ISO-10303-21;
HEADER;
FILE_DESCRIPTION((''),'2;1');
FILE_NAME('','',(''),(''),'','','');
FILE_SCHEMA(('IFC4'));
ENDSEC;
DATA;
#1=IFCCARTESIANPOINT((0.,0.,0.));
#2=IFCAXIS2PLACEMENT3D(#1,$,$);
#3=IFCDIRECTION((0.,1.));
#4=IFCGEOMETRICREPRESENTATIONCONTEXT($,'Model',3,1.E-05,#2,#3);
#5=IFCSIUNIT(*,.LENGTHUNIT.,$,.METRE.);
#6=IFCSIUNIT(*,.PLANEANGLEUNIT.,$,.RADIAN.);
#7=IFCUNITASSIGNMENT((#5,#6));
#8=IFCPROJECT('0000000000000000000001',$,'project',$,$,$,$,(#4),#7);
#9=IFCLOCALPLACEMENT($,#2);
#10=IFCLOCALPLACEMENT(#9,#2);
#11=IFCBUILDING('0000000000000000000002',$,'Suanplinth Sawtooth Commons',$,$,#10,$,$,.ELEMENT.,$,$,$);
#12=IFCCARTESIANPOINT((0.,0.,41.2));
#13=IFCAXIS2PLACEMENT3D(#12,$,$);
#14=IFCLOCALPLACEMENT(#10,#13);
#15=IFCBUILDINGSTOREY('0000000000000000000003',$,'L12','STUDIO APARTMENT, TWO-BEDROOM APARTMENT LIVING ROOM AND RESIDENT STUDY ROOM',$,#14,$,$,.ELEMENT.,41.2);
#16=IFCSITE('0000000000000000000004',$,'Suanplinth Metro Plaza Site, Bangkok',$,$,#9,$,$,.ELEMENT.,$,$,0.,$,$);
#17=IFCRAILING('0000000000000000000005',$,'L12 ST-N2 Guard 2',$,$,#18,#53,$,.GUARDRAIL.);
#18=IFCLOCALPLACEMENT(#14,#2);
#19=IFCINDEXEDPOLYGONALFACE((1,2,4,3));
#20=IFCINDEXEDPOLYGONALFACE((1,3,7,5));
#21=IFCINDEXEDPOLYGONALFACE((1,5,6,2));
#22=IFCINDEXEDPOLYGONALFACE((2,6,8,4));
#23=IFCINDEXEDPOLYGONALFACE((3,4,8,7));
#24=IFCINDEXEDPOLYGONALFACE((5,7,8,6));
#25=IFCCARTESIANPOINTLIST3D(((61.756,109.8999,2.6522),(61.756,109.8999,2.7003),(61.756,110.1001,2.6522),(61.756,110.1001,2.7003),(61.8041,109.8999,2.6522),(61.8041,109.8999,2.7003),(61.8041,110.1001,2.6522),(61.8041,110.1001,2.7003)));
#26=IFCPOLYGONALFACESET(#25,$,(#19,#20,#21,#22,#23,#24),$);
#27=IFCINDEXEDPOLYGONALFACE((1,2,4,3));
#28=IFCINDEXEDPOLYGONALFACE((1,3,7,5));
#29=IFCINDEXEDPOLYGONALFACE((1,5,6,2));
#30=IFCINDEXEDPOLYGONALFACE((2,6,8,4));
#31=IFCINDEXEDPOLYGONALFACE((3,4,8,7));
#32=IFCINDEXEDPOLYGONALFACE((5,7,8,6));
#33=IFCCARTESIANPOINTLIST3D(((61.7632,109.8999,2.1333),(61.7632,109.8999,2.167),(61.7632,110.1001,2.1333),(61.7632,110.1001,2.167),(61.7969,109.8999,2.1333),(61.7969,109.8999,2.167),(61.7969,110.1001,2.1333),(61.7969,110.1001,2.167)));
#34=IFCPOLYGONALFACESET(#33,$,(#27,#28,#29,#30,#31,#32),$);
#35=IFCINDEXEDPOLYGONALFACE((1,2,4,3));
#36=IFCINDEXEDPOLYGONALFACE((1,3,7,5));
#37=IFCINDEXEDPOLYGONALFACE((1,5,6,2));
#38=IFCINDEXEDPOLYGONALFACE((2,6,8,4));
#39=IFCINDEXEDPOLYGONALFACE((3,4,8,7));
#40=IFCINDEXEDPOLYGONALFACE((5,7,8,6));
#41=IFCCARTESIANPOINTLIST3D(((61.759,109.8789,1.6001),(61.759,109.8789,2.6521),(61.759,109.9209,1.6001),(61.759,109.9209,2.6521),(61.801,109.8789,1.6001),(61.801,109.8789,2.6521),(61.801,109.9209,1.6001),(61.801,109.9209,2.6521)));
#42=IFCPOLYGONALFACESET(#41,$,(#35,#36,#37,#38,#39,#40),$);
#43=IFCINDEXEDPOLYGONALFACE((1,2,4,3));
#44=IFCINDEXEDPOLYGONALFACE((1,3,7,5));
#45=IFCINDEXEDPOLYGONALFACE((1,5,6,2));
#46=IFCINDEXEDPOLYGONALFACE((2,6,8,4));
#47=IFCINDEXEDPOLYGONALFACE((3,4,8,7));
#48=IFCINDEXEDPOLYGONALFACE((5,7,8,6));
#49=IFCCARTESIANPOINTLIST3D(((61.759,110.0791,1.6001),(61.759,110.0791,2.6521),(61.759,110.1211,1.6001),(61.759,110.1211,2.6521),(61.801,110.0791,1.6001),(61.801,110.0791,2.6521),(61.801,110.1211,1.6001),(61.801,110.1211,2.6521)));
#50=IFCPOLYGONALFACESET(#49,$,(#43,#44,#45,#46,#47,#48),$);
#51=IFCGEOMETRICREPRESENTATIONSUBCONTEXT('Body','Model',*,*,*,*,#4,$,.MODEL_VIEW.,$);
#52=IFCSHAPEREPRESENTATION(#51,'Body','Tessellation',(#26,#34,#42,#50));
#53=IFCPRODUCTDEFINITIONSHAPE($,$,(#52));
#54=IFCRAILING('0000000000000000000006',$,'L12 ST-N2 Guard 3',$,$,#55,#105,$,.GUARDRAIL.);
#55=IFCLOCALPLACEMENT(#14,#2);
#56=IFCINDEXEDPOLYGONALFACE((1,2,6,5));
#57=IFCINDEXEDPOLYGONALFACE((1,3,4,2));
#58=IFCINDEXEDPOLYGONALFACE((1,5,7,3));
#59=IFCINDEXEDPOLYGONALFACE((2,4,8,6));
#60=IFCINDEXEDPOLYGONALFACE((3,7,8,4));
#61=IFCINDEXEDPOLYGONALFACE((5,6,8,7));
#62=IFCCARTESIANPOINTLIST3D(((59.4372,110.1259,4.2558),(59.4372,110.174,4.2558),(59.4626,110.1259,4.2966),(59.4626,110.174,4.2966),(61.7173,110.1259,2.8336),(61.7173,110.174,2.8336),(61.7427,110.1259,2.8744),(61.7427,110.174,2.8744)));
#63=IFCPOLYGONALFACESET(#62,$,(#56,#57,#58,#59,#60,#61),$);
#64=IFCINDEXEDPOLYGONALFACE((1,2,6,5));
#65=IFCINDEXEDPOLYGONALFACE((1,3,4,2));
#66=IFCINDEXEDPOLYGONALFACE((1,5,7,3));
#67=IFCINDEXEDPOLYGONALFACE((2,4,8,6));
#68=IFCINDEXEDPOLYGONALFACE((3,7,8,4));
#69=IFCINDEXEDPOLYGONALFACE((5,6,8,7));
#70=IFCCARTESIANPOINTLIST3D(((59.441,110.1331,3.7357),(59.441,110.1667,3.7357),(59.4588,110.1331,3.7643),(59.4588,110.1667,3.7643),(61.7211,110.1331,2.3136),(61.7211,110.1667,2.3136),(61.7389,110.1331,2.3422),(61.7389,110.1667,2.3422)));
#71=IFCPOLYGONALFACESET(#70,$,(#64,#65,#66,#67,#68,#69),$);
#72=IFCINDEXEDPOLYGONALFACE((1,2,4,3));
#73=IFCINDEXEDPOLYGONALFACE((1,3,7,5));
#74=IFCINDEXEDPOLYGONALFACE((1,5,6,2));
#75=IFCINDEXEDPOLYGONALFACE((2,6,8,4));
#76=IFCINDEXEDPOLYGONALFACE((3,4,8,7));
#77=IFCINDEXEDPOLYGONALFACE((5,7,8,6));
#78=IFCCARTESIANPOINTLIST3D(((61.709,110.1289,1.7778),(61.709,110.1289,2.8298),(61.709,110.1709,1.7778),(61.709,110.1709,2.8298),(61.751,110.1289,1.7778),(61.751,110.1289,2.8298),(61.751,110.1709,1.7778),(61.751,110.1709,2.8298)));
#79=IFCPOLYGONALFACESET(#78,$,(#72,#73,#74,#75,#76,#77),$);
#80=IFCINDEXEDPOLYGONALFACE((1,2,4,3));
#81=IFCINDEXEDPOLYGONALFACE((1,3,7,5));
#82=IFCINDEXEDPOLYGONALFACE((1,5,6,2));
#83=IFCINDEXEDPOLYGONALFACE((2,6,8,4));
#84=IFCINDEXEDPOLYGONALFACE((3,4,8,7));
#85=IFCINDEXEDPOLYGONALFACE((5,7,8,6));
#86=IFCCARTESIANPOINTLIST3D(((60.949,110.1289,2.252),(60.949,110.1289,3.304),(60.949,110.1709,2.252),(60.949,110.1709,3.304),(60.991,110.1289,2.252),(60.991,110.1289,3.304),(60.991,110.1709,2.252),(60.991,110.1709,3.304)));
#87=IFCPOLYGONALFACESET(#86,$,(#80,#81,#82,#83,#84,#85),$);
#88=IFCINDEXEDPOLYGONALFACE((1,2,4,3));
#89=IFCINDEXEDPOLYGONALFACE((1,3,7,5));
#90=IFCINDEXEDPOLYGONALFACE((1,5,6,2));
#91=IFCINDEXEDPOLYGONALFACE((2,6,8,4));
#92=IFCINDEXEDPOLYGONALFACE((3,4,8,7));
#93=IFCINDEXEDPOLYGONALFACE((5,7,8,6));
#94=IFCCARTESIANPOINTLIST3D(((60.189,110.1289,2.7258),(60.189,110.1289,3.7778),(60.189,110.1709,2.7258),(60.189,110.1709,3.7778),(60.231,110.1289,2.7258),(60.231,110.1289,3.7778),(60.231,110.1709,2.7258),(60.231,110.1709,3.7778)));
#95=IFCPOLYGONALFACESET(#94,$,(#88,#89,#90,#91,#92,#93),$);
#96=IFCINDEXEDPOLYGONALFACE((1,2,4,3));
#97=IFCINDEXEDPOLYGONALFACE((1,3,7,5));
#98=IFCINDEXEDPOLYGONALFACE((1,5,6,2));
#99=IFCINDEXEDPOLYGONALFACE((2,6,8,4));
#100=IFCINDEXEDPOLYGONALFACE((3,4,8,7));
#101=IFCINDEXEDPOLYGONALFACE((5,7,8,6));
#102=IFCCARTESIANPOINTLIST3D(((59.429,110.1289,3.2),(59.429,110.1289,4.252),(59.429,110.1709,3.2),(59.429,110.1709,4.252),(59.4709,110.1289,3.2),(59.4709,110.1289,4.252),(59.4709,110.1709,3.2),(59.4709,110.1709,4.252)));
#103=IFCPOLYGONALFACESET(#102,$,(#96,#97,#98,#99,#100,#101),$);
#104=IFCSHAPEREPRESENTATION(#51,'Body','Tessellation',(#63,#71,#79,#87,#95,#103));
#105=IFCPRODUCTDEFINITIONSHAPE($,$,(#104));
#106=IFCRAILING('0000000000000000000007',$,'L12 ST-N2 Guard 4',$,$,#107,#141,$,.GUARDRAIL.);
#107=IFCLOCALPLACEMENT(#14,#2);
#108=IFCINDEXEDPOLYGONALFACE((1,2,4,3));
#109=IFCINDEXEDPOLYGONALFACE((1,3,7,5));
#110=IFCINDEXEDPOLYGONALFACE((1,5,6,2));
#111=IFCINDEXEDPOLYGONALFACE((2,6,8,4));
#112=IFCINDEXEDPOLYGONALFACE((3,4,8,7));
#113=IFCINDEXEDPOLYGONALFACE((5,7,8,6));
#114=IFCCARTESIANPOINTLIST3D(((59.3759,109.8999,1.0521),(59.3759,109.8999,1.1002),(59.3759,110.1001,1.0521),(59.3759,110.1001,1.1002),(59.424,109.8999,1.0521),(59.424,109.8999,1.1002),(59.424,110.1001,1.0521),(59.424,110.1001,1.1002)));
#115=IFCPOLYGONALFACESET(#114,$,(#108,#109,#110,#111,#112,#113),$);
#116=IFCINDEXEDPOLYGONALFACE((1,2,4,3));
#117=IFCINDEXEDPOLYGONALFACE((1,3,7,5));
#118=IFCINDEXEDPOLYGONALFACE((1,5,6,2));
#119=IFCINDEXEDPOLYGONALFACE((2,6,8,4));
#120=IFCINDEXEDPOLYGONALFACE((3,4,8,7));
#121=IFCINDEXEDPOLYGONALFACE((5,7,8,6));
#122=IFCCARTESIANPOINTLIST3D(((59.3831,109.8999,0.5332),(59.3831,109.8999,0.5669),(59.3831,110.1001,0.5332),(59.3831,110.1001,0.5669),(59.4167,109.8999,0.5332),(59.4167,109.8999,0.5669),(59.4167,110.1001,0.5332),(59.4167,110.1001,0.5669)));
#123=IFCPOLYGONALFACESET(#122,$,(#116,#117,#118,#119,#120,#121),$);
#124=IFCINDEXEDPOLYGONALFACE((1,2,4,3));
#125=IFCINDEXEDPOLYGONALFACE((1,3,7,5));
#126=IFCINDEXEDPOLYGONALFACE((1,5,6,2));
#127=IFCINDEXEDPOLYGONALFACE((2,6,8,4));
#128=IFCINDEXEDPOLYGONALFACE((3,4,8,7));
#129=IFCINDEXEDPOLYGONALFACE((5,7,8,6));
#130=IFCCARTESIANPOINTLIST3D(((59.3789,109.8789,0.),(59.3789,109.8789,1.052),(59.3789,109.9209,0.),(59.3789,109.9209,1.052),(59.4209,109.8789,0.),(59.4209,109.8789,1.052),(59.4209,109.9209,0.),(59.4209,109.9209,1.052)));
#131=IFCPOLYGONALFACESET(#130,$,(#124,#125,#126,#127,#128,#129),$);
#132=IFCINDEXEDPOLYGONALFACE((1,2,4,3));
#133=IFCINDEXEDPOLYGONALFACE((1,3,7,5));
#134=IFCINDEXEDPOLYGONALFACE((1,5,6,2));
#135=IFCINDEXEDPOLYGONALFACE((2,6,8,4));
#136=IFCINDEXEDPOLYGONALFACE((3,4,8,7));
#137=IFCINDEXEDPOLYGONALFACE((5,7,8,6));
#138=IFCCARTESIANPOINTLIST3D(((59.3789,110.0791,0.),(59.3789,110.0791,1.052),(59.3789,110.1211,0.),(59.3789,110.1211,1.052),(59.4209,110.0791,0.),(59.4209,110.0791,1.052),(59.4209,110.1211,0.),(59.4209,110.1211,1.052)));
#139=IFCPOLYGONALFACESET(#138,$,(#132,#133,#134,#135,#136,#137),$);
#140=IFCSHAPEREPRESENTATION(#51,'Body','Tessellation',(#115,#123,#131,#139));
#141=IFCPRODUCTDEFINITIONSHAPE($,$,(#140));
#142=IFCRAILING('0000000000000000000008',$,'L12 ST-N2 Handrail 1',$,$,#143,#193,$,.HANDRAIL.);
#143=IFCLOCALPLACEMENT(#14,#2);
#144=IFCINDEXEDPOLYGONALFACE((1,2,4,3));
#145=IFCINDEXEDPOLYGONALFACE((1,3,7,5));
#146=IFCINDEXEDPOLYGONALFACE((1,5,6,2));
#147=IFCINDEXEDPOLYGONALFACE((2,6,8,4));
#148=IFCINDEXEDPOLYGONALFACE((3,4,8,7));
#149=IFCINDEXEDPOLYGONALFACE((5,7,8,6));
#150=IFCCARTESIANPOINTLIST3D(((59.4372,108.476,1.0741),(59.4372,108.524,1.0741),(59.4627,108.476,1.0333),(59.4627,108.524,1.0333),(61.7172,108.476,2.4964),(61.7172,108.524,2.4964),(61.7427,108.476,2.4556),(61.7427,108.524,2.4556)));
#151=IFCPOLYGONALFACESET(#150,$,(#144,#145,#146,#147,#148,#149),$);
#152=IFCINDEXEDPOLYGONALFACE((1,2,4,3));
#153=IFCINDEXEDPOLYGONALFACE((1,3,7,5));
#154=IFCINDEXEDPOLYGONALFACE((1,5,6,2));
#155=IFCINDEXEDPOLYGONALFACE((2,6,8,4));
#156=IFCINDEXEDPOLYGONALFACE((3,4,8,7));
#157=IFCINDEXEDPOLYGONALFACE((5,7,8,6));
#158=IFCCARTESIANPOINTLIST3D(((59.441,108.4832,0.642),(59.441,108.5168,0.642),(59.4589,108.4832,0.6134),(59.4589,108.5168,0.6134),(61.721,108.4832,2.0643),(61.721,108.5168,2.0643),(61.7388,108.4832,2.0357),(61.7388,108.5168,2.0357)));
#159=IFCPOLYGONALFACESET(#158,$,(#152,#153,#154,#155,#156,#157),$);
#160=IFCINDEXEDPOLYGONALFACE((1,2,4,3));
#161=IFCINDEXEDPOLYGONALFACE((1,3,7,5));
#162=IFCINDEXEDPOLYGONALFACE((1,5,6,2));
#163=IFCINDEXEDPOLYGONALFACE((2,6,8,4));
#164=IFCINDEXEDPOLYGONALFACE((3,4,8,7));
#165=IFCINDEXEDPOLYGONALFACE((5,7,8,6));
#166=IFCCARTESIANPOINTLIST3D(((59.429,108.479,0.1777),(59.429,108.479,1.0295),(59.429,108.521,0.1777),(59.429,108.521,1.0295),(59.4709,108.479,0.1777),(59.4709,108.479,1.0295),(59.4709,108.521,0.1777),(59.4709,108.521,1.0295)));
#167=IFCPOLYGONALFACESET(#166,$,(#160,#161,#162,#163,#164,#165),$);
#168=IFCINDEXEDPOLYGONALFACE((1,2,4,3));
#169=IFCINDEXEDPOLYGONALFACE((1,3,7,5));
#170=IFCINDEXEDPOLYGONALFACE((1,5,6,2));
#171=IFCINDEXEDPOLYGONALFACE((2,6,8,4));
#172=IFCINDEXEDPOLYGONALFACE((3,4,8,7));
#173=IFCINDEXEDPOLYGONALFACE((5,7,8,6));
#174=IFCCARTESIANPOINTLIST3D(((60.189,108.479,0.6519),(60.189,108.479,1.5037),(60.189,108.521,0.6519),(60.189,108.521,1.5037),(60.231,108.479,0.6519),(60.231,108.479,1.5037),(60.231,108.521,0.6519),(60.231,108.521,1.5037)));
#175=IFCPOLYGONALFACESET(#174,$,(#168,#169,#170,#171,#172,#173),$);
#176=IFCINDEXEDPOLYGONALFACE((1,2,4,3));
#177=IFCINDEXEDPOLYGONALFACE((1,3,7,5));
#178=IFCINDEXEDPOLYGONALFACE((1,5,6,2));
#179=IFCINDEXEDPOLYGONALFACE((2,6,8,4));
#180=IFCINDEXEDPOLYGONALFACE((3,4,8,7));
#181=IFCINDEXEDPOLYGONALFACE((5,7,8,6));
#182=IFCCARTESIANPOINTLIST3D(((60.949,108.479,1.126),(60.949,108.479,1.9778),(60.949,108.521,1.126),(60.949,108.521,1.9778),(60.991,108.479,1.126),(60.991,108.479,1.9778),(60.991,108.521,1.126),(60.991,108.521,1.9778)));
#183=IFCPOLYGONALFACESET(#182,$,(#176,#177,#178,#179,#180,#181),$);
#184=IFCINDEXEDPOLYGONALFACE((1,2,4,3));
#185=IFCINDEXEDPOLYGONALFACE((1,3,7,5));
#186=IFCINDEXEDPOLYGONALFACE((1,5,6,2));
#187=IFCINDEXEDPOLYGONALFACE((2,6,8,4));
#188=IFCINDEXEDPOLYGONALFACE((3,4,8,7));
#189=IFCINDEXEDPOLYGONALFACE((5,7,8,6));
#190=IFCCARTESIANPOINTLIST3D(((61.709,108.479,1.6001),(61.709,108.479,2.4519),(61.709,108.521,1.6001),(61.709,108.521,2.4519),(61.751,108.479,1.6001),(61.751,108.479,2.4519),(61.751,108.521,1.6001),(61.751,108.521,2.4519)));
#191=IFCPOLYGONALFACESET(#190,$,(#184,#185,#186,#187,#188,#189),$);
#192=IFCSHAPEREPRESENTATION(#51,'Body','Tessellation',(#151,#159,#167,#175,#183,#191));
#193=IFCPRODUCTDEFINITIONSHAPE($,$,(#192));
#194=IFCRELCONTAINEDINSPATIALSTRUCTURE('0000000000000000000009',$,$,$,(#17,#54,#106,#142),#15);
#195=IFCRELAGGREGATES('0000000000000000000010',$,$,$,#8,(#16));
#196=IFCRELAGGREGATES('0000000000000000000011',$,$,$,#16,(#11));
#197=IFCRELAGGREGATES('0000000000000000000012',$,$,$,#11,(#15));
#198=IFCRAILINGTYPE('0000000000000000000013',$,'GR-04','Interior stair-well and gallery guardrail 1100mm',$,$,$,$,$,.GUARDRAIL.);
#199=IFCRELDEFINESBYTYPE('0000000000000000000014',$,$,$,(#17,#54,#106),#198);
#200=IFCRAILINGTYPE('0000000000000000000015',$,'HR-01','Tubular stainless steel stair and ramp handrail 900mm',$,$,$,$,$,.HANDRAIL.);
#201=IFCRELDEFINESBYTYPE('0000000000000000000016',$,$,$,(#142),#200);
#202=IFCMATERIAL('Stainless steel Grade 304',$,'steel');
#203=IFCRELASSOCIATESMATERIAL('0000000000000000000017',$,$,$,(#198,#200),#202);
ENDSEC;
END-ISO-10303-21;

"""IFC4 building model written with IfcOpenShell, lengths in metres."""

from ifc_helpers import new_model, si_unit, direction, frame, origin, origin_2d, place, context, subcontext, project, spatial, rectangle, extrude, material, type_object, element, save


model = new_model("IFC4")

# Units and contexts
model_context = context("Model", 3, precision=1e-05, world=origin(), true_north=direction((0.0, 1.0)))
body_context = subcontext(model_context, "Body", "Model", "MODEL_VIEW")
ifc_project = project(units=[si_unit("LENGTHUNIT", "METRE"), si_unit("PLANEANGLEUNIT", "RADIAN")], contexts=[model_context])

# Site, building, storey
site_placement = place(None, origin())
site = spatial("IfcSite", under=ifc_project, at=site_placement, Name="Suanplinth Metro Plaza Site, Bangkok", CompositionType="ELEMENT", RefElevation=0.0)
building_placement = place(site_placement, origin())
building = spatial("IfcBuilding", under=site, at=building_placement, Name="Suanplinth Sawtooth Commons", CompositionType="ELEMENT")
storey_placement = place(building_placement, frame((0.0, 0.0, 41.2)))
storey = spatial("IfcBuildingStorey", under=building, at=storey_placement, Name="L12", Description="STUDIO APARTMENT, TWO-BEDROOM APARTMENT LIVING ROOM AND RESIDENT STUDY ROOM", CompositionType="ELEMENT", Elevation=41.2)

# Shared definitions
ifc_material_1 = material(Name="Stainless steel Grade 304", Category="steel")

# Railings
railing_type_1 = type_object("IfcRailingType", Name="GR-04", Description="Interior stair-well and gallery guardrail 1100mm", PredefinedType="GUARDRAIL", material=ifc_material_1)
railing_1_placement = place(storey_placement, frame((61.78, 109.8999, 1.6001)))
element("IfcRailing", 1, at=railing_1_placement, inside=storey, type_object=railing_type_1, Name="L12 ST-N2 Guard 2", PredefinedType="GUARDRAIL", context=body_context, shape_type="SweptSolid", body=[
    extrude(rectangle(XDim=0.0481, YDim=0.0481, at=origin_2d()), frame((0.0, 0.0, 1.0762), z_axis=(0.0, 1.0, 0.0), x_axis=(-1.0, 0.0, 0.0)), (0.0, 0.0, 1.0), 0.2002),
    extrude(rectangle(XDim=0.0337, YDim=0.0337, at=origin_2d()), frame((0.0, 0.0, 0.55), z_axis=(0.0, 1.0, 0.0), x_axis=(-1.0, 0.0, 0.0)), (0.0, 0.0, 1.0), 0.2002),
    extrude(rectangle(XDim=0.042, YDim=0.042, at=origin_2d()), origin(), (0.0, 0.0, 1.0), 1.052),
    extrude(rectangle(XDim=0.042, YDim=0.042, at=origin_2d()), frame((0.0, 0.2002, 0.0)), (0.0, 0.0, 1.0), 1.052),
])
railing_2_placement = place(storey_placement, frame((61.73, 110.1499, 1.7778)))
element("IfcRailing", 2, at=railing_2_placement, inside=storey, type_object=railing_type_1, Name="L12 ST-N2 Guard 3", PredefinedType="GUARDRAIL", context=body_context, shape_type="SweptSolid", body=[
    extrude(rectangle(XDim=0.0481, YDim=0.0481, at=origin_2d()), frame((0.0, 0.0, 1.0762), z_axis=(-0.848483, 0.0, 0.529223), x_axis=(0.0, -1.0, 0.0)), (0.0, 0.0, 1.0), 2.6873),
    extrude(rectangle(XDim=0.0337, YDim=0.0337, at=origin_2d()), frame((0.0, 0.0, 0.55), z_axis=(-0.848483, 0.0, 0.529223), x_axis=(0.0, -1.0, 0.0)), (0.0, 0.0, 1.0), 2.6873),
    extrude(rectangle(XDim=0.042, YDim=0.042, at=origin_2d()), origin(), (0.0, 0.0, 1.0), 1.052),
    extrude(rectangle(XDim=0.042, YDim=0.042, at=origin_2d()), frame((-0.76, 0.0, 0.4741)), (0.0, 0.0, 1.0), 1.052),
    extrude(rectangle(XDim=0.042, YDim=0.042, at=origin_2d()), frame((-1.52, 0.0, 0.948)), (0.0, 0.0, 1.0), 1.052),
    extrude(rectangle(XDim=0.042, YDim=0.042, at=origin_2d()), frame((-2.28, 0.0, 1.4221)), (0.0, 0.0, 1.0), 1.052),
])
railing_3_placement = place(storey_placement, frame((59.3999, 109.8999, 0.0)))
element("IfcRailing", 3, at=railing_3_placement, inside=storey, type_object=railing_type_1, Name="L12 ST-N2 Guard 4", PredefinedType="GUARDRAIL", context=body_context, shape_type="SweptSolid", body=[
    extrude(rectangle(XDim=0.0481, YDim=0.0481, at=origin_2d()), frame((0.0, 0.0, 1.0762), z_axis=(0.0, 1.0, 0.0), x_axis=(-1.0, 0.0, 0.0)), (0.0, 0.0, 1.0), 0.2002),
    extrude(rectangle(XDim=0.0337, YDim=0.0337, at=origin_2d()), frame((0.0, 0.0, 0.55), z_axis=(0.0, 1.0, 0.0), x_axis=(-1.0, 0.0, 0.0)), (0.0, 0.0, 1.0), 0.2002),
    extrude(rectangle(XDim=0.042, YDim=0.042, at=origin_2d()), origin(), (0.0, 0.0, 1.0), 1.052),
    extrude(rectangle(XDim=0.042, YDim=0.042, at=origin_2d()), frame((0.0, 0.2002, 0.0)), (0.0, 0.0, 1.0), 1.052),
])
railing_type_2 = type_object("IfcRailingType", Name="HR-01", Description="Tubular stainless steel stair and ramp handrail 900mm", PredefinedType="HANDRAIL", material=ifc_material_1)
railing_4_placement = place(storey_placement, frame((59.45, 108.5, 0.1777)))
element("IfcRailing", 4, at=railing_4_placement, inside=storey, type_object=railing_type_2, Name="L12 ST-N2 Handrail 1", PredefinedType="HANDRAIL", context=body_context, shape_type="SweptSolid", body=[
    extrude(rectangle(XDim=0.0481, YDim=0.0481, at=origin_2d()), frame((0.0, 0.0, 0.876), z_axis=(0.848442, 0.0, 0.529288), x_axis=(0.0, 1.0, 0.0)), (0.0, 0.0, 1.0), 2.6873),
    extrude(rectangle(XDim=0.0337, YDim=0.0337, at=origin_2d()), frame((0.0, 0.0, 0.45), z_axis=(0.848442, 0.0, 0.529288), x_axis=(0.0, 1.0, 0.0)), (0.0, 0.0, 1.0), 2.6873),
    extrude(rectangle(XDim=0.042, YDim=0.042, at=origin_2d()), origin(), (0.0, 0.0, 1.0), 0.8518),
    extrude(rectangle(XDim=0.042, YDim=0.042, at=origin_2d()), frame((0.76, 0.0, 0.4741)), (0.0, 0.0, 1.0), 0.8518),
    extrude(rectangle(XDim=0.042, YDim=0.042, at=origin_2d()), frame((1.52, 0.0, 0.9482)), (0.0, 0.0, 1.0), 0.8518),
    extrude(rectangle(XDim=0.042, YDim=0.042, at=origin_2d()), frame((2.28, 0.0, 1.4224)), (0.0, 0.0, 1.0), 0.8518),
])

save(model, "model.ifc")
